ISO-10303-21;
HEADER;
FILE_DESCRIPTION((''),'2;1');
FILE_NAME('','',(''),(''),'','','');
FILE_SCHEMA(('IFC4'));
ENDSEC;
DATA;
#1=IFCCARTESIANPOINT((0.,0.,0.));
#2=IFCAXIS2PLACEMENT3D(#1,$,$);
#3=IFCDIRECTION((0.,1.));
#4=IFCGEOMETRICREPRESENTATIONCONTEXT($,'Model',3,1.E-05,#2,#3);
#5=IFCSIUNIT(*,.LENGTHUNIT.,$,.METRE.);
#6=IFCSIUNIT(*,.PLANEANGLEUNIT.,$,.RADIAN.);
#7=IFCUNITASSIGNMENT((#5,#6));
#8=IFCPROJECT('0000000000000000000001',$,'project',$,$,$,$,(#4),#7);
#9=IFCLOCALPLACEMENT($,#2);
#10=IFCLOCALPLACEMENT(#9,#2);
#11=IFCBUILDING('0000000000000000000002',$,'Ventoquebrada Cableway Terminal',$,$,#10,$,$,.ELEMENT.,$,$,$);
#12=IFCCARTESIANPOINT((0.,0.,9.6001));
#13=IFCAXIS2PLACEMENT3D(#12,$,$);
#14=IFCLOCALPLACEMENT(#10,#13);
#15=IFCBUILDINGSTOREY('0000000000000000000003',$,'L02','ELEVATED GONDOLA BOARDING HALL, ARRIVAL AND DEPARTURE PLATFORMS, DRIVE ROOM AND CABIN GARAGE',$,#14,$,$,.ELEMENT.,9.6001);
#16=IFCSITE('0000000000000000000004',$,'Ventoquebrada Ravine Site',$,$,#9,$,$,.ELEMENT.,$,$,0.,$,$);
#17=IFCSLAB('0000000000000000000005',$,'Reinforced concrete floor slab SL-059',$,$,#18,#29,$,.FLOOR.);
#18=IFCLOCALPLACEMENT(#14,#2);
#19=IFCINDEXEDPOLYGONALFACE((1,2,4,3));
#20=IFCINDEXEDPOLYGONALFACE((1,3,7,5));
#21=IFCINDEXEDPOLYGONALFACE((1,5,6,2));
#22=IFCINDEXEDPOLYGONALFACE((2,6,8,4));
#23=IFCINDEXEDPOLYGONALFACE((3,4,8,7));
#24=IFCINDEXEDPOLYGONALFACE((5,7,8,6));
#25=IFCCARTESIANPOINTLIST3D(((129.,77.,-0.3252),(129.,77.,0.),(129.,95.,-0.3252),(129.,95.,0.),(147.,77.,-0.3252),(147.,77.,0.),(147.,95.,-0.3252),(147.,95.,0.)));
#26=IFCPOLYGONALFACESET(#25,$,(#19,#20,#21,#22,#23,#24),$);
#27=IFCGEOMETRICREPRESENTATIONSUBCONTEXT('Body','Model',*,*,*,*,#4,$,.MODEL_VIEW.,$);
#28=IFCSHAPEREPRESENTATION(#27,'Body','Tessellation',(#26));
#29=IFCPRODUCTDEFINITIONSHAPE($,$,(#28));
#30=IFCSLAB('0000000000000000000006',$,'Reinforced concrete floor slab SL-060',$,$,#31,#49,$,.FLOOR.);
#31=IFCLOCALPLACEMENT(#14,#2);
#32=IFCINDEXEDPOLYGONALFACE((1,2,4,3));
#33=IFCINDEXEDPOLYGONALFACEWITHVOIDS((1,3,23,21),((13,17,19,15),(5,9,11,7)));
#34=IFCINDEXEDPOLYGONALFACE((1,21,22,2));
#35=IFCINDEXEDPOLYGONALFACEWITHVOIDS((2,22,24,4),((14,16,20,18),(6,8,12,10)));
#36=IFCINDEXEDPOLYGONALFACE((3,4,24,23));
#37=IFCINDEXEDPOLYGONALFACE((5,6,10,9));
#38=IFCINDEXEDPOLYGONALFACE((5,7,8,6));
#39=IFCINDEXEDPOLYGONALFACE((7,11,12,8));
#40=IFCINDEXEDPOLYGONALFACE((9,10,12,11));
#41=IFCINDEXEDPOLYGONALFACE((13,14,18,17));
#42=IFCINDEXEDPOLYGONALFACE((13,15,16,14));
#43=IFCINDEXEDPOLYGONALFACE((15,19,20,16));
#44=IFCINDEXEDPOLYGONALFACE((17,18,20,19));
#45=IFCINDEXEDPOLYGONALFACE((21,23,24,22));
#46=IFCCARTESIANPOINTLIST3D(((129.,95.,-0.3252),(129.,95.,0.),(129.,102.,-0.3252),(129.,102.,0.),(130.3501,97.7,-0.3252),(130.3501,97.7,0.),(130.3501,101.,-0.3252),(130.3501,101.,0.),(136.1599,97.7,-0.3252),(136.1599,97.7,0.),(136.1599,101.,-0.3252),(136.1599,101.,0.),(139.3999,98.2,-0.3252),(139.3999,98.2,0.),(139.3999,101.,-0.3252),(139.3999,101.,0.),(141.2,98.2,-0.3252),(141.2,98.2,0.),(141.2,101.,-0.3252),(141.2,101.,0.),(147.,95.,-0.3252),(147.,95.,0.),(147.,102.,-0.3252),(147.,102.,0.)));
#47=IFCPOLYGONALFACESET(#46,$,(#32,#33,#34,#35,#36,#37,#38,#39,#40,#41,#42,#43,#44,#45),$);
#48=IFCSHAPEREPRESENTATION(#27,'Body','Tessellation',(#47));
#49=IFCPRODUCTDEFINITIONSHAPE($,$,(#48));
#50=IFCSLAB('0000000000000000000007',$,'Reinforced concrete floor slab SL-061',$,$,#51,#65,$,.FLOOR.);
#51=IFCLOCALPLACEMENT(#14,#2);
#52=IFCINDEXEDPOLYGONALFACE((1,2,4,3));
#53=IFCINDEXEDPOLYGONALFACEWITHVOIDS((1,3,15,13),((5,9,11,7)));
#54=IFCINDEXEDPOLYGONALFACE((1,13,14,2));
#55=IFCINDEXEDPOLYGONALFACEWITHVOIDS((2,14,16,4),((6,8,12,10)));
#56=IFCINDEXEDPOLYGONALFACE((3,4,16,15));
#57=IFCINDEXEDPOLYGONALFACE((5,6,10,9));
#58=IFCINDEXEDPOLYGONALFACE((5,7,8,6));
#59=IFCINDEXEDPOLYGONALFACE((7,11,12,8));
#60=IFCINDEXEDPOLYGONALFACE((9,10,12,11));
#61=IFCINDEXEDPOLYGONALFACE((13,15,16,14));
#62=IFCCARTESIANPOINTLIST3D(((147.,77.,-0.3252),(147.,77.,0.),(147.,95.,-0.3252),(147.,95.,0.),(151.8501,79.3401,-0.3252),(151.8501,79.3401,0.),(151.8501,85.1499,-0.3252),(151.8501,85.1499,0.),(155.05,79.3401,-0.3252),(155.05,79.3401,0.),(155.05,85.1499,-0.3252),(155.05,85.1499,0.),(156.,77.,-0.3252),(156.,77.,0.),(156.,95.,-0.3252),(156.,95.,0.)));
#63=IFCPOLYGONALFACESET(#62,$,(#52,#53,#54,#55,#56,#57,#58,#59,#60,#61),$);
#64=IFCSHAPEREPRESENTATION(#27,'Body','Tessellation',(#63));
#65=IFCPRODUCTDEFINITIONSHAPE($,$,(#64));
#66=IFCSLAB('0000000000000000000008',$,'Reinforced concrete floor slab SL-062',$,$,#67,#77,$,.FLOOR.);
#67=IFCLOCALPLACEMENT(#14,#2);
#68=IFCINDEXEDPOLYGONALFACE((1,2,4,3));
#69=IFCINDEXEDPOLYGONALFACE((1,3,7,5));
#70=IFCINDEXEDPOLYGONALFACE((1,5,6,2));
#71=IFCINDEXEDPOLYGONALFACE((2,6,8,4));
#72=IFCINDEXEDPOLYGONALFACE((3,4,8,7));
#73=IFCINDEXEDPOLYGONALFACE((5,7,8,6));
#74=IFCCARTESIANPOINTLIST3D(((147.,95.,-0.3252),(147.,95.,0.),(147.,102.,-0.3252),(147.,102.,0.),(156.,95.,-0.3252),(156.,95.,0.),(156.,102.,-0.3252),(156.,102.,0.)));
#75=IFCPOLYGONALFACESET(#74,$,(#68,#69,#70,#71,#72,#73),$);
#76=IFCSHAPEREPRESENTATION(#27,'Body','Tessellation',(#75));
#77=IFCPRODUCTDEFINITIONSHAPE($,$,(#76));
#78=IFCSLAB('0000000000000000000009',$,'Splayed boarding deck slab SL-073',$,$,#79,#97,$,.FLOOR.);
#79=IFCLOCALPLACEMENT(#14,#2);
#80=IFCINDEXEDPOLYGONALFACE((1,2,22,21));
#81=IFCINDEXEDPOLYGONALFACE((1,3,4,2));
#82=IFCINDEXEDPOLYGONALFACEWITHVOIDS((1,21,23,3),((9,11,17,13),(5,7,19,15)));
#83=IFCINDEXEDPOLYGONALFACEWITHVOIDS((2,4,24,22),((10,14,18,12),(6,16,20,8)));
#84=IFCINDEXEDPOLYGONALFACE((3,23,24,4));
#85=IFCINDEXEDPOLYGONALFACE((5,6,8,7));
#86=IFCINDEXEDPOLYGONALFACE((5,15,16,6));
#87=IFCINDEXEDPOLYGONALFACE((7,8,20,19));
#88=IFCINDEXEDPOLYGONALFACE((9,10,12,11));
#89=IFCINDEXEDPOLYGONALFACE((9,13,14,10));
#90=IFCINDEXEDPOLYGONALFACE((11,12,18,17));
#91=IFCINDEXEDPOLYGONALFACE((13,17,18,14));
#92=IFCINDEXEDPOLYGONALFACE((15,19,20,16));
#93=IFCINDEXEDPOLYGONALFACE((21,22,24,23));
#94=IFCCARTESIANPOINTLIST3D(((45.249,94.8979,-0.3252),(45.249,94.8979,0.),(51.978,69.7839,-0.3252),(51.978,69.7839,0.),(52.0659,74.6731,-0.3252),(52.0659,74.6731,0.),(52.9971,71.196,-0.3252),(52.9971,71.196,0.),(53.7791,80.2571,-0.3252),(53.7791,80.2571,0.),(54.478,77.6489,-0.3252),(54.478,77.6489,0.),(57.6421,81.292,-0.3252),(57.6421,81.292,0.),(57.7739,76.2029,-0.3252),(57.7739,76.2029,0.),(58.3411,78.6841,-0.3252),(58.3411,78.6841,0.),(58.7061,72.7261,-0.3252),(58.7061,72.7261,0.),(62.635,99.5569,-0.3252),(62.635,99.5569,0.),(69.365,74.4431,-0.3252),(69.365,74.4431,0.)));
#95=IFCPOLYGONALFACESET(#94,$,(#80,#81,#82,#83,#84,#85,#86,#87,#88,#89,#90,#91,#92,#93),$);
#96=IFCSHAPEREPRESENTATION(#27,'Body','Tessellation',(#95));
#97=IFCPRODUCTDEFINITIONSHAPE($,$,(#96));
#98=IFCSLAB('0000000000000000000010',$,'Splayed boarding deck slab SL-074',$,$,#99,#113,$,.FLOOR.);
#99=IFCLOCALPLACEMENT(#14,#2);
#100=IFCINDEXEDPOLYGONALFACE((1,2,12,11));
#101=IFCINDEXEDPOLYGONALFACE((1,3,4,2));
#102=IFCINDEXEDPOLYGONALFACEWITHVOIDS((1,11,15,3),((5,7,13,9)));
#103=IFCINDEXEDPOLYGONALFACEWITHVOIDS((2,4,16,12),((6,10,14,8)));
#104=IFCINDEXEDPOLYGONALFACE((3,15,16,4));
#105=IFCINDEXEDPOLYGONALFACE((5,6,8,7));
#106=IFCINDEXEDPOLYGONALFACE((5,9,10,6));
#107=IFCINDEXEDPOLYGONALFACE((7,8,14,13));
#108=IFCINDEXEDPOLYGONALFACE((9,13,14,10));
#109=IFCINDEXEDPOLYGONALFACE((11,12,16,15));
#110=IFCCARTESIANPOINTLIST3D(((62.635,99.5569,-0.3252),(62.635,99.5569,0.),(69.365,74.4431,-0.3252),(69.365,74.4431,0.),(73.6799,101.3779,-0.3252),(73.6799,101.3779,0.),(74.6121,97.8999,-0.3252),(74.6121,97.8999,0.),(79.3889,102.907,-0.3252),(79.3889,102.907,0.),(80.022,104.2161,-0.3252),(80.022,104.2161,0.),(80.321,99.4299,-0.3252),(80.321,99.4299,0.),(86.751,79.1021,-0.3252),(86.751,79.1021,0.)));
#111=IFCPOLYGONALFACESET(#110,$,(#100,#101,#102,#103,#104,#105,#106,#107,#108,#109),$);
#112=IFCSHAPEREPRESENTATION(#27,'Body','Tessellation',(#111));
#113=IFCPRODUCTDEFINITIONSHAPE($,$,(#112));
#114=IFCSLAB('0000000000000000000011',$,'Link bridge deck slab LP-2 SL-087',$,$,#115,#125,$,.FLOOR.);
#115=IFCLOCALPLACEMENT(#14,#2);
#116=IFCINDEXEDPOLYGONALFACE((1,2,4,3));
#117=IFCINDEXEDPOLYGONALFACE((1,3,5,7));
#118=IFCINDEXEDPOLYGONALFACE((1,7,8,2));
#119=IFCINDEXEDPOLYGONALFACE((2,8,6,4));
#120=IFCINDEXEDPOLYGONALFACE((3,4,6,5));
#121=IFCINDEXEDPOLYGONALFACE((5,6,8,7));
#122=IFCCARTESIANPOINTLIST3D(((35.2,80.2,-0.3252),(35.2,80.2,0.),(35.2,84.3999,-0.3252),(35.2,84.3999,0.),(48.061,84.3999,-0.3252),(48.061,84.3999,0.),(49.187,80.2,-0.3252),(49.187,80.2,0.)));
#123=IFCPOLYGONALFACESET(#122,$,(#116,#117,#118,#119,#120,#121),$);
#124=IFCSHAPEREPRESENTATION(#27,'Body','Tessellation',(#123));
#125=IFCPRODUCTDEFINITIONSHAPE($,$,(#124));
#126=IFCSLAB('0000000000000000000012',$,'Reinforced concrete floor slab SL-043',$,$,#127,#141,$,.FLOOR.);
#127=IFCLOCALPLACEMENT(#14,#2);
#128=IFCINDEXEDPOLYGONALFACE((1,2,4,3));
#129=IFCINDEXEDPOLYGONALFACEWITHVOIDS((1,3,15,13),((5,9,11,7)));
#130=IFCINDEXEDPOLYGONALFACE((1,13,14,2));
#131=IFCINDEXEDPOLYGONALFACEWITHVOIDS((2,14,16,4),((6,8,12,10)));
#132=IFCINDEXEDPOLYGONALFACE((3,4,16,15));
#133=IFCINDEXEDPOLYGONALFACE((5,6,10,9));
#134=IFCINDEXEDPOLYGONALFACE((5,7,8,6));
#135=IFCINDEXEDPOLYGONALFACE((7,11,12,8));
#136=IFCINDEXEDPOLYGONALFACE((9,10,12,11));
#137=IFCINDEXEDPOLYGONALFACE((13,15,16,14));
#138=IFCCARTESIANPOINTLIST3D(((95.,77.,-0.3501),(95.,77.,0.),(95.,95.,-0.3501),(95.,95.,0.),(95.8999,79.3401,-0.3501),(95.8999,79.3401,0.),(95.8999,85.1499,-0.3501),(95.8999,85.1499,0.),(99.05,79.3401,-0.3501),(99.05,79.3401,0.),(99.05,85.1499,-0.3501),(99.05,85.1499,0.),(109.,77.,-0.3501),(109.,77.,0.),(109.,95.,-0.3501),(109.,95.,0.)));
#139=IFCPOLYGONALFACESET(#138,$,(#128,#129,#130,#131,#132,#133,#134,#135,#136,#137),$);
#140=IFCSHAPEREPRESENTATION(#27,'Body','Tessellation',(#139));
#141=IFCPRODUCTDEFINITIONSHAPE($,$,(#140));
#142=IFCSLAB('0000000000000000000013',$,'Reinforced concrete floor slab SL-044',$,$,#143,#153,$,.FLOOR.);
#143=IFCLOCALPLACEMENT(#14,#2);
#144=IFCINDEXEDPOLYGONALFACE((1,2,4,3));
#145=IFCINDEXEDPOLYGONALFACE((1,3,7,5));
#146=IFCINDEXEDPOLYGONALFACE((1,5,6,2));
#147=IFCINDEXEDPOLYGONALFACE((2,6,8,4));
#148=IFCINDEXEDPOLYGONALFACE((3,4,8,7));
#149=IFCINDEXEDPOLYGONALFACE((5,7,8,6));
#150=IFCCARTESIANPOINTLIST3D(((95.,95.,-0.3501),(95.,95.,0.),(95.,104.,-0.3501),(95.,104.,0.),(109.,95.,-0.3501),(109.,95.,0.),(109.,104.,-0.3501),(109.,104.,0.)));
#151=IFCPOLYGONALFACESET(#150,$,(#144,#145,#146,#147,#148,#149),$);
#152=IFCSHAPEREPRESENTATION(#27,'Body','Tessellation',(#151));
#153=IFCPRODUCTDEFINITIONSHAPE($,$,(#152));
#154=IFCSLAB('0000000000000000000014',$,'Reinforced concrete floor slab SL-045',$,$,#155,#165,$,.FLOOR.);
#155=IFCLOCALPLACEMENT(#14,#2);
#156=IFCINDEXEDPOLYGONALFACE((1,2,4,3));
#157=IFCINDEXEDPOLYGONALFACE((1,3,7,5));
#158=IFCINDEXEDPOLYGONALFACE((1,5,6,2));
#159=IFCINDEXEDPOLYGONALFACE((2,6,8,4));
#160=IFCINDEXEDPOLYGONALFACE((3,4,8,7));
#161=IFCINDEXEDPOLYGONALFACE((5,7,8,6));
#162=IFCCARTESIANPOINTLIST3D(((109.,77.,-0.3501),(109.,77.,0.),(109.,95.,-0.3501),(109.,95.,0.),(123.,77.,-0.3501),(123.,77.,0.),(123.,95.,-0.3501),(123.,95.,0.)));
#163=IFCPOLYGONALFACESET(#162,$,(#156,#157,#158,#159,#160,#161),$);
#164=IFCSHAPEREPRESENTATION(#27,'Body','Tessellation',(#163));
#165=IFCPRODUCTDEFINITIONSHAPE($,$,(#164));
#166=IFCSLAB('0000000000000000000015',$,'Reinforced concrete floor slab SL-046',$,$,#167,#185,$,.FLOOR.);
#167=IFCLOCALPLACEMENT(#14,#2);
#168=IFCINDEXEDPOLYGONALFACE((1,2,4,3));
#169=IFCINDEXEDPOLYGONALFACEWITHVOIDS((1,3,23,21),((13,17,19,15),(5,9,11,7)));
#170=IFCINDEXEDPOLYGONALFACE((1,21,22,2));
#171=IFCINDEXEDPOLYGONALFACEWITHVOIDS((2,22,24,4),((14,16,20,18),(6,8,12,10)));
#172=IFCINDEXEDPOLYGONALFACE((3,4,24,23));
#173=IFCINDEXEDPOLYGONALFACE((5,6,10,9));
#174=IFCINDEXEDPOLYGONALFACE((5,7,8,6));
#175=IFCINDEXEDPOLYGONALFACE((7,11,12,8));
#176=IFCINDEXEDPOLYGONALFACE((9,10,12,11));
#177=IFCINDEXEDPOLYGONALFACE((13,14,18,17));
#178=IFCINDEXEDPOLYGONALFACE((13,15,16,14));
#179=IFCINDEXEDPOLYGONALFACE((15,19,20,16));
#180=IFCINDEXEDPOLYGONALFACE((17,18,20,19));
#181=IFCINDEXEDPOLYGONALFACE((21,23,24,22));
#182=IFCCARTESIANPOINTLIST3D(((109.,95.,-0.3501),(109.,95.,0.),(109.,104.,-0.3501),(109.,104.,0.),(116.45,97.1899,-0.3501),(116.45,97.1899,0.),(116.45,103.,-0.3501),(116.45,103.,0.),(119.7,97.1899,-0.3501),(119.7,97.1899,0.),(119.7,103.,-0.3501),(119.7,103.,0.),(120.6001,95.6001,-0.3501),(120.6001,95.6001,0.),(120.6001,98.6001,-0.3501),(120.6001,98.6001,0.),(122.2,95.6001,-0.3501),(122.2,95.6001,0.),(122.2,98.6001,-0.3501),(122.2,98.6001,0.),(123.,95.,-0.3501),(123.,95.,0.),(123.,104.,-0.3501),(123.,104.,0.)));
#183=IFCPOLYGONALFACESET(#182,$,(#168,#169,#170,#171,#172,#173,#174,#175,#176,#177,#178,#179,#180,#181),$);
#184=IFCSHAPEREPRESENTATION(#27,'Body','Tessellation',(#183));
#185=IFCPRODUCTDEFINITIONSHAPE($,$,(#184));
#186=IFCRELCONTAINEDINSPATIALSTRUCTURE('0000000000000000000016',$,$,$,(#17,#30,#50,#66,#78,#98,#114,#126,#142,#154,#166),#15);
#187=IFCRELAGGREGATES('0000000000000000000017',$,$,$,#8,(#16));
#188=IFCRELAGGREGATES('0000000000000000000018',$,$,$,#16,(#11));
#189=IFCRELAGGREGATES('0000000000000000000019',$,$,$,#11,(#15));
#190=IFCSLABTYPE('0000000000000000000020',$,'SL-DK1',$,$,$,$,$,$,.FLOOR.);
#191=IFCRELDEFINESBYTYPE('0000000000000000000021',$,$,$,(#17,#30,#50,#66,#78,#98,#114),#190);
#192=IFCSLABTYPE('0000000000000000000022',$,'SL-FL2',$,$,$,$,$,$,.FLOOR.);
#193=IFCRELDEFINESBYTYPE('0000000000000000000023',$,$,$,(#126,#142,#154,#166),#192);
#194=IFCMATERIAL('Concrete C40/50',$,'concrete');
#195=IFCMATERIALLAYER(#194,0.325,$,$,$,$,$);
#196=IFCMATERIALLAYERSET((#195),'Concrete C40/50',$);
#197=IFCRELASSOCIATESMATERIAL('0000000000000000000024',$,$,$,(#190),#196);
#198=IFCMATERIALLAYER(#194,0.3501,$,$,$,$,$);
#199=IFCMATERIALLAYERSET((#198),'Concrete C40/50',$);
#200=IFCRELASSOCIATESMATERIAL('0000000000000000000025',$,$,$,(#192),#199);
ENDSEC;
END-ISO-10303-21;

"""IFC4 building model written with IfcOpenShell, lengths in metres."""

from ifc_helpers import new_model, si_unit, direction, frame, origin, place, context, subcontext, project, spatial, polyline, outline, extrude, material, layer, layer_set, type_object, element, save


model = new_model("IFC4")

# Units and contexts
model_context = context("Model", 3, precision=1e-05, world=origin(), true_north=direction((0.0, 1.0)))
body_context = subcontext(model_context, "Body", "Model", "MODEL_VIEW")
ifc_project = project(units=[si_unit("LENGTHUNIT", "METRE"), si_unit("PLANEANGLEUNIT", "RADIAN")], contexts=[model_context])

# Site, building, storey
site_placement = place(None, origin())
site = spatial("IfcSite", under=ifc_project, at=site_placement, Name="Ventoquebrada Ravine Site", CompositionType="ELEMENT", RefElevation=0.0)
building_placement = place(site_placement, origin())
building = spatial("IfcBuilding", under=site, at=building_placement, Name="Ventoquebrada Cableway Terminal", CompositionType="ELEMENT")
storey_placement = place(building_placement, frame((0.0, 0.0, 9.6001)))
storey = spatial("IfcBuildingStorey", under=building, at=storey_placement, Name="L02", Description="ELEVATED GONDOLA BOARDING HALL, ARRIVAL AND DEPARTURE PLATFORMS, DRIVE ROOM AND CABIN GARAGE", CompositionType="ELEMENT", Elevation=9.6001)

# Slabs
ifc_material = material(Name="Concrete C40/50", Category="concrete")
ifc_layer_1 = layer(ifc_material, 0.325)
ifc_layer_set_1 = layer_set([ifc_layer_1], Name="Concrete C40/50")
slab_type_1 = type_object("IfcSlabType", Name="SL-DK1", PredefinedType="FLOOR", material=ifc_layer_set_1)
slab_1_placement = place(storey_placement, frame((0.0, 0.0, -0.3252)))
element("IfcSlab", 1, at=slab_1_placement, inside=storey, type_object=slab_type_1, Name="Reinforced concrete floor slab SL-059", PredefinedType="FLOOR", context=body_context, shape_type="SweptSolid", body=[
    extrude(outline(polyline([(147.0, 77.0), (147.0, 95.0), (129.0, 95.0), (129.0, 77.0), (147.0, 77.0)])), origin(), (0.0, 0.0, 1.0), 0.3252),
])
slab_2_placement = place(storey_placement, frame((0.0, 0.0, -0.3252)))
element("IfcSlab", 2, at=slab_2_placement, inside=storey, type_object=slab_type_1, Name="Reinforced concrete floor slab SL-060", PredefinedType="FLOOR", context=body_context, shape_type="SweptSolid", body=[
    extrude(outline(polyline([(129.0, 95.0), (147.0, 95.0), (147.0, 102.0), (129.0, 102.0), (129.0, 95.0)]), holes=[polyline([(136.1599, 101.0), (136.1599, 97.7), (130.3501, 97.7), (130.3501, 101.0), (136.1599, 101.0)]), polyline([(141.2, 98.2), (139.3999, 98.2), (139.3999, 101.0), (141.2, 101.0), (141.2, 98.2)])]), origin(), (0.0, 0.0, 1.0), 0.3252),
])
slab_3_placement = place(storey_placement, frame((0.0, 0.0, -0.3252)))
element("IfcSlab", 3, at=slab_3_placement, inside=storey, type_object=slab_type_1, Name="Reinforced concrete floor slab SL-061", PredefinedType="FLOOR", context=body_context, shape_type="SweptSolid", body=[
    extrude(outline(polyline([(156.0, 77.0), (156.0, 95.0), (147.0, 95.0), (147.0, 77.0), (156.0, 77.0)]), holes=[polyline([(155.05, 79.3401), (151.8501, 79.3401), (151.8501, 85.1499), (155.05, 85.1499), (155.05, 79.3401)])]), origin(), (0.0, 0.0, 1.0), 0.3252),
])
slab_4_placement = place(storey_placement, frame((0.0, 0.0, -0.3252)))
element("IfcSlab", 4, at=slab_4_placement, inside=storey, type_object=slab_type_1, Name="Reinforced concrete floor slab SL-062", PredefinedType="FLOOR", context=body_context, shape_type="SweptSolid", body=[
    extrude(outline(polyline([(156.0, 95.0), (156.0, 102.0), (147.0, 102.0), (147.0, 95.0), (156.0, 95.0)])), origin(), (0.0, 0.0, 1.0), 0.3252),
])
slab_5_placement = place(storey_placement, frame((0.0, 0.0, -0.3252)))
element("IfcSlab", 5, at=slab_5_placement, inside=storey, type_object=slab_type_1, Name="Splayed boarding deck slab SL-073", PredefinedType="FLOOR", context=body_context, shape_type="SweptSolid", body=[
    extrude(outline(polyline([(45.249, 94.8979), (51.978, 69.7839), (69.365, 74.4431), (62.635, 99.5569), (45.249, 94.8979)]), holes=[polyline([(58.7061, 72.7261), (52.9971, 71.196), (52.0659, 74.6731), (57.7739, 76.2029), (58.7061, 72.7261)]), polyline([(54.478, 77.6489), (53.7791, 80.2571), (57.6421, 81.292), (58.3411, 78.6841), (54.478, 77.6489)])]), origin(), (0.0, 0.0, 1.0), 0.3252),
])
slab_6_placement = place(storey_placement, frame((0.0, 0.0, -0.3252)))
element("IfcSlab", 6, at=slab_6_placement, inside=storey, type_object=slab_type_1, Name="Splayed boarding deck slab SL-074", PredefinedType="FLOOR", context=body_context, shape_type="SweptSolid", body=[
    extrude(outline(polyline([(69.365, 74.4431), (86.751, 79.1021), (80.022, 104.2161), (62.635, 99.5569), (69.365, 74.4431)]), holes=[polyline([(74.6121, 97.8999), (73.6799, 101.3779), (79.3889, 102.907), (80.321, 99.4299), (74.6121, 97.8999)])]), origin(), (0.0, 0.0, 1.0), 0.3252),
])
slab_7_placement = place(storey_placement, frame((0.0, 0.0, -0.3252)))
element("IfcSlab", 7, at=slab_7_placement, inside=storey, type_object=slab_type_1, Name="Link bridge deck slab LP-2 SL-087", PredefinedType="FLOOR", context=body_context, shape_type="SweptSolid", body=[
    extrude(outline(polyline([(35.2, 80.2), (49.187, 80.2), (48.061, 84.3999), (35.2, 84.3999), (35.2, 80.2)])), origin(), (0.0, 0.0, 1.0), 0.3252),
])
ifc_layer_2 = layer(ifc_material, 0.3501)
ifc_layer_set_2 = layer_set([ifc_layer_2], Name="Concrete C40/50")
slab_type_2 = type_object("IfcSlabType", Name="SL-FL2", PredefinedType="FLOOR", material=ifc_layer_set_2)
slab_8_placement = place(storey_placement, frame((0.0, 0.0, -0.3501)))
element("IfcSlab", 8, at=slab_8_placement, inside=storey, type_object=slab_type_2, Name="Reinforced concrete floor slab SL-043", PredefinedType="FLOOR", context=body_context, shape_type="SweptSolid", body=[
    extrude(outline(polyline([(109.0, 77.0), (109.0, 95.0), (95.0, 95.0), (95.0, 77.0), (109.0, 77.0)]), holes=[polyline([(99.05, 79.3401), (95.8999, 79.3401), (95.8999, 85.1499), (99.05, 85.1499), (99.05, 79.3401)])]), origin(), (0.0, 0.0, 1.0), 0.3501),
])
slab_9_placement = place(storey_placement, frame((0.0, 0.0, -0.3501)))
element("IfcSlab", 9, at=slab_9_placement, inside=storey, type_object=slab_type_2, Name="Reinforced concrete floor slab SL-044", PredefinedType="FLOOR", context=body_context, shape_type="SweptSolid", body=[
    extrude(outline(polyline([(109.0, 95.0), (109.0, 104.0), (95.0, 104.0), (95.0, 95.0), (109.0, 95.0)])), origin(), (0.0, 0.0, 1.0), 0.3501),
])
slab_10_placement = place(storey_placement, frame((0.0, 0.0, -0.3501)))
element("IfcSlab", 10, at=slab_10_placement, inside=storey, type_object=slab_type_2, Name="Reinforced concrete floor slab SL-045", PredefinedType="FLOOR", context=body_context, shape_type="SweptSolid", body=[
    extrude(outline(polyline([(123.0, 77.0), (123.0, 95.0), (109.0, 95.0), (109.0, 77.0), (123.0, 77.0)])), origin(), (0.0, 0.0, 1.0), 0.3501),
])
slab_11_placement = place(storey_placement, frame((0.0, 0.0, -0.3501)))
element("IfcSlab", 11, at=slab_11_placement, inside=storey, type_object=slab_type_2, Name="Reinforced concrete floor slab SL-046", PredefinedType="FLOOR", context=body_context, shape_type="SweptSolid", body=[
    extrude(outline(polyline([(109.0, 95.0), (123.0, 95.0), (123.0, 104.0), (109.0, 104.0), (109.0, 95.0)]), holes=[polyline([(119.7, 103.0), (119.7, 97.1899), (116.45, 97.1899), (116.45, 103.0), (119.7, 103.0)]), polyline([(122.2, 95.6001), (120.6001, 95.6001), (120.6001, 98.6001), (122.2, 98.6001), (122.2, 95.6001)])]), origin(), (0.0, 0.0, 1.0), 0.3501),
])

save(model, "model.ifc")
